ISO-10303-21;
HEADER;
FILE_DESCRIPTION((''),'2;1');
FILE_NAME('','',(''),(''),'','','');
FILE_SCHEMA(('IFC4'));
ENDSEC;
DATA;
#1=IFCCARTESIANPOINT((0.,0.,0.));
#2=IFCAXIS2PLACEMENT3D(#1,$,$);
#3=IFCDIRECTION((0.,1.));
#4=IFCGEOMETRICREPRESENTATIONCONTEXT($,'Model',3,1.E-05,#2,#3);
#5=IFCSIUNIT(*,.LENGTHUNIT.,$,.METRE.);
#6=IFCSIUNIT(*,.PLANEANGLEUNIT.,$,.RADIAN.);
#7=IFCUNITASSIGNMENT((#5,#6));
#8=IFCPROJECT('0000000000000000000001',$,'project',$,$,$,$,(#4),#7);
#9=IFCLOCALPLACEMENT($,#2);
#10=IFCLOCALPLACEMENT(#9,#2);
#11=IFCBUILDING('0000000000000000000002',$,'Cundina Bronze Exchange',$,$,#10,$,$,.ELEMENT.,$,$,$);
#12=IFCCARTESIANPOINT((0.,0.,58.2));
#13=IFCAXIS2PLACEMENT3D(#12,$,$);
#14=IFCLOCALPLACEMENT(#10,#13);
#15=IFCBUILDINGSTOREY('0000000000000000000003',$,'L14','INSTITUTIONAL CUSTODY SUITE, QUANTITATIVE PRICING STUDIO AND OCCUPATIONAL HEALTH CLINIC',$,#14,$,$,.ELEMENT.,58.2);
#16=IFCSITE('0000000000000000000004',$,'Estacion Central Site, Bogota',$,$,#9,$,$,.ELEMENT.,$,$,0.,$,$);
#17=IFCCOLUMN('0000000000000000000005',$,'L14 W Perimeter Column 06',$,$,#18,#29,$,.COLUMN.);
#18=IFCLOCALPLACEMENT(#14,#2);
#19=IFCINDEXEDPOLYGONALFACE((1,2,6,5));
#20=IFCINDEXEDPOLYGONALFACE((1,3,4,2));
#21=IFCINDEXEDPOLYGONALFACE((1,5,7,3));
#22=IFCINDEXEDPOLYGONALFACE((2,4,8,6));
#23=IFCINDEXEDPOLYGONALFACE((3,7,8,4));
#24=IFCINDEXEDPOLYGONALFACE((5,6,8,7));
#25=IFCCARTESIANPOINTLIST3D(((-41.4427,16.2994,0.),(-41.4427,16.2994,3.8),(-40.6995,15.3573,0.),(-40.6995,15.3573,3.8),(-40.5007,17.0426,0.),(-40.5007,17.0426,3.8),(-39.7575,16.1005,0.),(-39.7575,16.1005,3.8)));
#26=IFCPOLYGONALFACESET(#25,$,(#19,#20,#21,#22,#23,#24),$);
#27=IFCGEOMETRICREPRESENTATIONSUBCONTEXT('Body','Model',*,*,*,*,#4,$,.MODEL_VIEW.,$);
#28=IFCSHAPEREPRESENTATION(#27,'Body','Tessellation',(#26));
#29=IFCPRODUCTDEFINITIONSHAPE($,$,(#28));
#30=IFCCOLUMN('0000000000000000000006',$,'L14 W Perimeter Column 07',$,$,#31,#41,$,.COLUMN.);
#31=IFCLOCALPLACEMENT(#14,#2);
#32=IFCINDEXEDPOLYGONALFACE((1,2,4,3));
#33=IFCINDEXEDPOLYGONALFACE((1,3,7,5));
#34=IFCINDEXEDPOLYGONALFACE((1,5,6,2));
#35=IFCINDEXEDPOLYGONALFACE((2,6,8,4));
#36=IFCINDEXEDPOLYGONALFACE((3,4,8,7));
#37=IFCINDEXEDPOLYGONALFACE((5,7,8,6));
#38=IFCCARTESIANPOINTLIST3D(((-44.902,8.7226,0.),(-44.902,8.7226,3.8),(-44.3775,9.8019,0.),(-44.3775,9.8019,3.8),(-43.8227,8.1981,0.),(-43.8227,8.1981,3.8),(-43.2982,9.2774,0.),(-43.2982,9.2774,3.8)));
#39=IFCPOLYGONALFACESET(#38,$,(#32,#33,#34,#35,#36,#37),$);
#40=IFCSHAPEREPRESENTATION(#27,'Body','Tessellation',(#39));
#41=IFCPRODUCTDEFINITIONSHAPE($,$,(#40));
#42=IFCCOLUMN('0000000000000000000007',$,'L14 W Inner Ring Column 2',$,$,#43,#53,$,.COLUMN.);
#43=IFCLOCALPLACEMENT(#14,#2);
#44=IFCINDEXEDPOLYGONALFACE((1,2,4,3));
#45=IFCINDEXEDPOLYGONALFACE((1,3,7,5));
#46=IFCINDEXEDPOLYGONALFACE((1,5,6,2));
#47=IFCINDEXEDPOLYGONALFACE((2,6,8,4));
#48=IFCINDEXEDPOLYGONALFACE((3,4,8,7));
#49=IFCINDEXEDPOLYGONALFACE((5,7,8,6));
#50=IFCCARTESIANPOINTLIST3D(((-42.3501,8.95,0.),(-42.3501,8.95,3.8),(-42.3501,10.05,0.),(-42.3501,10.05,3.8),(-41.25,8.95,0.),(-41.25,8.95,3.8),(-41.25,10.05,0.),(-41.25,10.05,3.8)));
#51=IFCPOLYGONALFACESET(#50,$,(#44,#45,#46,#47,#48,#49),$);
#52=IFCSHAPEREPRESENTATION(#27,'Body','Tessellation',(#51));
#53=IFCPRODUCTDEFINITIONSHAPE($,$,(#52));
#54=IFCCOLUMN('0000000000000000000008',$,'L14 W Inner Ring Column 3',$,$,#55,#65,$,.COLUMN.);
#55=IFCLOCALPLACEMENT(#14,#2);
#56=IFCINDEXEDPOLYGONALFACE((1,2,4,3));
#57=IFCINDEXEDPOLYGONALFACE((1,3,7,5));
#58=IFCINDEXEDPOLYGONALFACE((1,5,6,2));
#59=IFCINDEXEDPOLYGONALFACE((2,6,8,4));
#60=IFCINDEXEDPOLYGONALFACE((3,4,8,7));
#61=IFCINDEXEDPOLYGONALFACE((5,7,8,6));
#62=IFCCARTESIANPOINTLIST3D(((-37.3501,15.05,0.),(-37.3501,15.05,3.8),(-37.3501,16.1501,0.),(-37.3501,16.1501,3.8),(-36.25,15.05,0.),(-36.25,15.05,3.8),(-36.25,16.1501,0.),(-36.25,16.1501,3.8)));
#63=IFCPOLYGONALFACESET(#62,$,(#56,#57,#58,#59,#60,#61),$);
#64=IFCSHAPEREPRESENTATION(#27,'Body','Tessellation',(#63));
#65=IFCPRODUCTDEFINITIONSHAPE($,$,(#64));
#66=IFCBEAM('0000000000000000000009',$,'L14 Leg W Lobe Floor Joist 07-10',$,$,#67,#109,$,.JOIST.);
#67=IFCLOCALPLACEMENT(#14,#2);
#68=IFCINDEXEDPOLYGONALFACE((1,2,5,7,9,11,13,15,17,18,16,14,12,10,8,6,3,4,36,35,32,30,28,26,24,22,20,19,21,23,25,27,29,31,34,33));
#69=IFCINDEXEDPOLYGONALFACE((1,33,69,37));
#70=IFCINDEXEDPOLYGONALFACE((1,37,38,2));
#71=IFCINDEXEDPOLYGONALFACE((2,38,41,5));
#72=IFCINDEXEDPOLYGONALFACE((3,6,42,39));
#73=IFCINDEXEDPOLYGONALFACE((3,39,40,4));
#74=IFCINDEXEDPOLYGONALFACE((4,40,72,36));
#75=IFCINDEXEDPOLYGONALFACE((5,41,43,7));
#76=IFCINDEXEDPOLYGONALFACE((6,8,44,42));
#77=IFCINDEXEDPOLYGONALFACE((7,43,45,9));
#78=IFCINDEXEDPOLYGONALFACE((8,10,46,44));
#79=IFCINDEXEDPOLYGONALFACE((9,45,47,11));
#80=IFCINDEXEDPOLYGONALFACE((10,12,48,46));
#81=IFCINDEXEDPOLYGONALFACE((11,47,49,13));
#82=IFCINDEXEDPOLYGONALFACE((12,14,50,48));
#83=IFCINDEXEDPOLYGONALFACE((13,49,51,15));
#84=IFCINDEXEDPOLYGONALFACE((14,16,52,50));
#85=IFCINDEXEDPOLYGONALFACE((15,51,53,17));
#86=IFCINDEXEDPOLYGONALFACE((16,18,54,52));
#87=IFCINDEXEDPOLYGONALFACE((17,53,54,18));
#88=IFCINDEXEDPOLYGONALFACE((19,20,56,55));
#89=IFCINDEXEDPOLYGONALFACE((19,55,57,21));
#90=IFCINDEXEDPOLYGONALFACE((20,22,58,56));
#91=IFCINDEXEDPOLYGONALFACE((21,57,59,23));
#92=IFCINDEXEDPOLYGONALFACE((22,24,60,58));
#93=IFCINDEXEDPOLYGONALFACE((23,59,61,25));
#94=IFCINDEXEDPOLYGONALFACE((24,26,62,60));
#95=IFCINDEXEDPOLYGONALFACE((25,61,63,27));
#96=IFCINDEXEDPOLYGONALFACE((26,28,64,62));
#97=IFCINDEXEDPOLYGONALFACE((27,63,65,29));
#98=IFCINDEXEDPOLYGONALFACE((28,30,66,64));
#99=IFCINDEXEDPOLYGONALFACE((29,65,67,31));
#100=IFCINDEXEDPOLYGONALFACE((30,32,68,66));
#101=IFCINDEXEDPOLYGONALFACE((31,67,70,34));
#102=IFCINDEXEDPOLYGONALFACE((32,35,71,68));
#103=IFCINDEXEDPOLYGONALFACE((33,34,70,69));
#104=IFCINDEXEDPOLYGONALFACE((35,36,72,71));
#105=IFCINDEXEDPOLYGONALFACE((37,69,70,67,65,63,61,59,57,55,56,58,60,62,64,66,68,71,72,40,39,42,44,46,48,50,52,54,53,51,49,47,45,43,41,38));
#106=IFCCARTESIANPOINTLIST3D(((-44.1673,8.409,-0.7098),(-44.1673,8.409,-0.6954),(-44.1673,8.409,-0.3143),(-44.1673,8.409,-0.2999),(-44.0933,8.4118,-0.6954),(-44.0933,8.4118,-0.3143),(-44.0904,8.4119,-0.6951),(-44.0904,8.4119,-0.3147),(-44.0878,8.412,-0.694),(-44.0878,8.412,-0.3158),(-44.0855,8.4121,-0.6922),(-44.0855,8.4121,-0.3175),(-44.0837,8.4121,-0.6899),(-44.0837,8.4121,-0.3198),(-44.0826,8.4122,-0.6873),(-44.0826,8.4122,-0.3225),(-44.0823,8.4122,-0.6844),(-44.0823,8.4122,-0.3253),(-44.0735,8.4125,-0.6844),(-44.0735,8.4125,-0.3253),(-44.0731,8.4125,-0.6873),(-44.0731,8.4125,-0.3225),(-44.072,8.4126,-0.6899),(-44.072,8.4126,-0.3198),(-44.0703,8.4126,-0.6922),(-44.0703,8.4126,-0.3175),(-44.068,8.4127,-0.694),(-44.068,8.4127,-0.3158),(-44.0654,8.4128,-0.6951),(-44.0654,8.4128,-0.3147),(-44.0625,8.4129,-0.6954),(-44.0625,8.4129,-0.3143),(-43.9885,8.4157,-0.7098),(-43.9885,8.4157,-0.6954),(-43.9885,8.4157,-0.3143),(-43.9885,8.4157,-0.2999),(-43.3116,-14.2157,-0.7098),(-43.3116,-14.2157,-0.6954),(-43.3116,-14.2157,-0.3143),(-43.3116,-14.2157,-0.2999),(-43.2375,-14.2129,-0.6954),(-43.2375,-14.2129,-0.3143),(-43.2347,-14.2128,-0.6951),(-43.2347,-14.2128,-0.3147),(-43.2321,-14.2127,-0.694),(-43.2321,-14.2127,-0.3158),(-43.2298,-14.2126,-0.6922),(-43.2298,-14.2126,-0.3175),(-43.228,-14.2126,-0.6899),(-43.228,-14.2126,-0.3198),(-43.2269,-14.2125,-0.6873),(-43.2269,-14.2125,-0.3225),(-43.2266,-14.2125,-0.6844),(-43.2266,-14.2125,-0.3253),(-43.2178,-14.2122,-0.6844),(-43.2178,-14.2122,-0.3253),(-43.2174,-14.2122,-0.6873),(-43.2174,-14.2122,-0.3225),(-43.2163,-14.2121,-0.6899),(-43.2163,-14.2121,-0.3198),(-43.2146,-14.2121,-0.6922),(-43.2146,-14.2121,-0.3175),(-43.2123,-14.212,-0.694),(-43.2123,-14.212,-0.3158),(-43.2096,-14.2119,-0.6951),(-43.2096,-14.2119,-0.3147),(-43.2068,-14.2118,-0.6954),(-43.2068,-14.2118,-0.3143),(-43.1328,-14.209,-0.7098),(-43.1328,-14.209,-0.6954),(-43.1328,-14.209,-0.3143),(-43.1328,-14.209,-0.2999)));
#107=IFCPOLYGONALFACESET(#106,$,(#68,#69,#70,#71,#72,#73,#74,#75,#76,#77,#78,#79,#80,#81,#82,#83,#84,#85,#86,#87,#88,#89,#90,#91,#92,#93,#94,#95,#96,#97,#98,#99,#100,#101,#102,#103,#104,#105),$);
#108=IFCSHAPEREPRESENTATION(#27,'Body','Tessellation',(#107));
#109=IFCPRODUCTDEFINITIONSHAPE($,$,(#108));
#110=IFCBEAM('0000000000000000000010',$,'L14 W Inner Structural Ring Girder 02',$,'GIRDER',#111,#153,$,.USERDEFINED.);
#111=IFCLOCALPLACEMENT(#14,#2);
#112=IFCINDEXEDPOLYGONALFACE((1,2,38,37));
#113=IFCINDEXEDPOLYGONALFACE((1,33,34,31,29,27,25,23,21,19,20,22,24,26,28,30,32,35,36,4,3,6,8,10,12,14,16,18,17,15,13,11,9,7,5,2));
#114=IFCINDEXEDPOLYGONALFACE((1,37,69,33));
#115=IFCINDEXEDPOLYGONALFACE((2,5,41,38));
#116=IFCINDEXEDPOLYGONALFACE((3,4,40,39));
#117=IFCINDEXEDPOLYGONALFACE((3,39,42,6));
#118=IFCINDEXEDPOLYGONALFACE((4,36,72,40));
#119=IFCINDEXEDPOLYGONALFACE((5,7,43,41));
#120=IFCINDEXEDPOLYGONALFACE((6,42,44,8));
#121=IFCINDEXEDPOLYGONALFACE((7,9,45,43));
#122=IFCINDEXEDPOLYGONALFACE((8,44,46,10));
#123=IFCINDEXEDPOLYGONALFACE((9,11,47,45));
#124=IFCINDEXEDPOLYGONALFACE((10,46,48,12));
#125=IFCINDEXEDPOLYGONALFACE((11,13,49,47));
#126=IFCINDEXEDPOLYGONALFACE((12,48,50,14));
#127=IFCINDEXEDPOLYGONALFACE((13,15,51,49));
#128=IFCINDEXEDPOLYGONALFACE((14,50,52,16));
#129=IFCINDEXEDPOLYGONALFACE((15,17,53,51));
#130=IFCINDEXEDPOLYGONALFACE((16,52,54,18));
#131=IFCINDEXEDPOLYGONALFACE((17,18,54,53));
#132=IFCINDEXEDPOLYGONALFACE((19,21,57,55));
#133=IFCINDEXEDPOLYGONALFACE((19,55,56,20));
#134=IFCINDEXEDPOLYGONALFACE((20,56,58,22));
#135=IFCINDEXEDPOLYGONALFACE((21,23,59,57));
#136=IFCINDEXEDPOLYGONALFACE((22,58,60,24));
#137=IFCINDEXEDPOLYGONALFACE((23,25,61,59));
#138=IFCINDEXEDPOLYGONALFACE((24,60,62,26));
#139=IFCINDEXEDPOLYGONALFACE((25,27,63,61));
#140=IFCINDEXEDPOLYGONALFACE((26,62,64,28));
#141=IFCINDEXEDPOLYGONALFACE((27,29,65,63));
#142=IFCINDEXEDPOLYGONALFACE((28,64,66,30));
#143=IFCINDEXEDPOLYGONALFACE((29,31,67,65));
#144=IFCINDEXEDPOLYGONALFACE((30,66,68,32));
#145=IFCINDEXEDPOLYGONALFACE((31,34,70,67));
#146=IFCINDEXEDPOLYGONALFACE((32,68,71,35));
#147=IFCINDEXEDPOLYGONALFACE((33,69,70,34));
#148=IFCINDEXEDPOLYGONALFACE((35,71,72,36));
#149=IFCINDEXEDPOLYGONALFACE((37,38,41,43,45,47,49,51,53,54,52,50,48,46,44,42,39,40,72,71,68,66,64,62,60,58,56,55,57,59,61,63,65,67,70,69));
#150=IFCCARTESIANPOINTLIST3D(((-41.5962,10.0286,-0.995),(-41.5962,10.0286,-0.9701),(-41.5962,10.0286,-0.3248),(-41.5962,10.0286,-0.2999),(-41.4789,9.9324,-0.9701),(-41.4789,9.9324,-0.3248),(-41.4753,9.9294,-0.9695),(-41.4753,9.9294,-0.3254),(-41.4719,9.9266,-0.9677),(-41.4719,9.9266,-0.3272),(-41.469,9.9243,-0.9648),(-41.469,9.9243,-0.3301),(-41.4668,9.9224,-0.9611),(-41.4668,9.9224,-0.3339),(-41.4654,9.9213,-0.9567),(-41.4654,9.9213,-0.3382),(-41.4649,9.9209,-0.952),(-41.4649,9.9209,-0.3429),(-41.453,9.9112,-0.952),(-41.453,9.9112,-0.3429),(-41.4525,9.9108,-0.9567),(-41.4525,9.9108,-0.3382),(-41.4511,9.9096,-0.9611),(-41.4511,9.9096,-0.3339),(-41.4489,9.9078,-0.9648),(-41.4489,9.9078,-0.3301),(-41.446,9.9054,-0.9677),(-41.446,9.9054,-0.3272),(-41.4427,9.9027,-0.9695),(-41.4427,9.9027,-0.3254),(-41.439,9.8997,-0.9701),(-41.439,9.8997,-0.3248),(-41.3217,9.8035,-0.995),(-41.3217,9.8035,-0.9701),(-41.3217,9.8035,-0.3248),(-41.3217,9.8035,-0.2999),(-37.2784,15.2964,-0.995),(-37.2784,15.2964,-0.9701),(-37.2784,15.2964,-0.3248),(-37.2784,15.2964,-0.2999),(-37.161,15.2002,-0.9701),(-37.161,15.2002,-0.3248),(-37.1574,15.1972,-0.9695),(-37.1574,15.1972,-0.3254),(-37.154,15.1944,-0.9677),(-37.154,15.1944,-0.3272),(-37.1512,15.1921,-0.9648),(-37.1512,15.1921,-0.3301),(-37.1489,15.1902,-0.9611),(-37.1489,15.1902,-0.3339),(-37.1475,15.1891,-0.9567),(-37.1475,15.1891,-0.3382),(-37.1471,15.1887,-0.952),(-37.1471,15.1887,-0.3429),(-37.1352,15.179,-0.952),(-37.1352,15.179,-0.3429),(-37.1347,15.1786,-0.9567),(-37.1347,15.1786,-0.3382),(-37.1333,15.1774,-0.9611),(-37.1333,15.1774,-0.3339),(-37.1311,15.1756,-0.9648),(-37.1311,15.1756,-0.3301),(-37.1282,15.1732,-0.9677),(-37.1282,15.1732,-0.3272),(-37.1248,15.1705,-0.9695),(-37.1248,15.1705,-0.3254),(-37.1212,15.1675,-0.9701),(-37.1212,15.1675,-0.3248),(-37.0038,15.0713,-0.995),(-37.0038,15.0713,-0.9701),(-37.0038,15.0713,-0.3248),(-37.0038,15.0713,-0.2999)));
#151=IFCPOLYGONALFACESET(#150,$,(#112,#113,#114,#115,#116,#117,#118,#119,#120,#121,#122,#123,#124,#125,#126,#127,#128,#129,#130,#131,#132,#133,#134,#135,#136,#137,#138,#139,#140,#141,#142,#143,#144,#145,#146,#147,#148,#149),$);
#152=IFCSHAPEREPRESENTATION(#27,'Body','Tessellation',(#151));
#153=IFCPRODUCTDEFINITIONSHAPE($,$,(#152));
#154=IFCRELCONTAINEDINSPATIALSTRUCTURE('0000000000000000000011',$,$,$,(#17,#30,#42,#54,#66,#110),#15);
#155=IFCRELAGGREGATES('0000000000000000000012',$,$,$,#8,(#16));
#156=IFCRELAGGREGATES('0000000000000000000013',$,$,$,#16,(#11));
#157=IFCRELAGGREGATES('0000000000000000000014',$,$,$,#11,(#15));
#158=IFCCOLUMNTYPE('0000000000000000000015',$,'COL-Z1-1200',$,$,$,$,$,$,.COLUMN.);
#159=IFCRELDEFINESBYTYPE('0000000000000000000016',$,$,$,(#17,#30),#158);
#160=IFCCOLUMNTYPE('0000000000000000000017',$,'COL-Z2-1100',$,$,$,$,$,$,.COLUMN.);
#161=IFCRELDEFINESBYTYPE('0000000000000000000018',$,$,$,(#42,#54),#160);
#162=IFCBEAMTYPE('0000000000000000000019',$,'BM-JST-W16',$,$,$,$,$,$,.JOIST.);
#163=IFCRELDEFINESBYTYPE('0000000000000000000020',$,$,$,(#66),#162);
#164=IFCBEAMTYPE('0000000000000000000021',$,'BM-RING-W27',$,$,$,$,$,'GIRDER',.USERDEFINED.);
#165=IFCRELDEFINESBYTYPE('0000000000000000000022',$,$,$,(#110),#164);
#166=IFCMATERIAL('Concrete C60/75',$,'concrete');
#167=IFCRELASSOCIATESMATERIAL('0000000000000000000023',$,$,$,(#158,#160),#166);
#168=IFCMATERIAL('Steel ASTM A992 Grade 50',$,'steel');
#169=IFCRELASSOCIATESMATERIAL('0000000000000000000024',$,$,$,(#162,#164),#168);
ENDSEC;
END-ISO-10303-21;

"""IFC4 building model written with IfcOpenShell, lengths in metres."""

from ifc_helpers import new_model, si_unit, direction, frame, origin, origin_2d, place, context, subcontext, project, spatial, rectangle, i_section, extrude, material, material_profile, profile_set, type_object, element, save


model = new_model("IFC4")

# Units and contexts
model_context = context("Model", 3, precision=1e-05, world=origin(), true_north=direction((0.0, 1.0)))
body_context = subcontext(model_context, "Body", "Model", "MODEL_VIEW")
ifc_project = project(units=[si_unit("LENGTHUNIT", "METRE"), si_unit("PLANEANGLEUNIT", "RADIAN")], contexts=[model_context])

# Site, building, storey
site_placement = place(None, origin())
site = spatial("IfcSite", under=ifc_project, at=site_placement, Name="Estacion Central Site, Bogota", CompositionType="ELEMENT", RefElevation=0.0)
building_placement = place(site_placement, origin())
building = spatial("IfcBuilding", under=site, at=building_placement, Name="Cundina Bronze Exchange", CompositionType="ELEMENT")
storey_placement = place(building_placement, frame((0.0, 0.0, 58.2)))
storey = spatial("IfcBuildingStorey", under=building, at=storey_placement, Name="L14", Description="INSTITUTIONAL CUSTODY SUITE, QUANTITATIVE PRICING STUDIO AND OCCUPATIONAL HEALTH CLINIC", CompositionType="ELEMENT", Elevation=58.2)

# Columns
ifc_material_1 = material(Name="Concrete C60/75", Category="concrete")
ifc_material_profile_1 = material_profile(ifc_material_1, rectangle(XDim=1.2, YDim=1.2, at=origin_2d()), Name="RC1200X1200", Category="concrete")
ifc_profile_set_1 = profile_set([ifc_material_profile_1], Name="Concrete C60/75")
column_type_1 = type_object("IfcColumnType", Name="COL-Z1-1200", PredefinedType="COLUMN", material=ifc_profile_set_1)
for number, where, z_axis, x_axis, name in (
    (1, (-40.6001, 16.2, 0.0), (0.0, 0.0, 1.0), (-0.785101, -0.619368, 0.0), "L14 W Perimeter Column 06"),
    (2, (-44.1001, 9.0, 0.0), (0.0, 0.0, 1.0), (-0.437116, -0.899405, 0.0), "L14 W Perimeter Column 07"),
):
    element("IfcColumn", number, at=place(storey_placement, frame(where, z_axis=z_axis, x_axis=x_axis)), inside=storey, type_object=column_type_1, Name=name, PredefinedType="COLUMN", context=body_context, shape_type="SweptSolid", body=[
        extrude(rectangle(XDim=1.2, YDim=1.2, at=origin_2d()), origin(), (0.0, 0.0, 1.0), 3.8),
    ])
ifc_material_profile_2 = material_profile(ifc_material_1, rectangle(XDim=1.1001, YDim=1.1001, at=origin_2d()), Name="RC1100X1100", Category="concrete")
ifc_profile_set_2 = profile_set([ifc_material_profile_2], Name="Concrete C60/75")
column_type_2 = type_object("IfcColumnType", Name="COL-Z2-1100", PredefinedType="COLUMN", material=ifc_profile_set_2)
for number, where, z_axis, x_axis, name in (
    (3, (-41.8, 9.5, 0.0), (0.0, 0.0, 1.0), (1.0, 0.0, 0.0), "L14 W Inner Ring Column 2"),
    (4, (-36.8, 15.6001, 0.0), (0.0, 0.0, 1.0), (1.0, 0.0, 0.0), "L14 W Inner Ring Column 3"),
):
    element("IfcColumn", number, at=place(storey_placement, frame(where, z_axis=z_axis, x_axis=x_axis)), inside=storey, type_object=column_type_2, Name=name, PredefinedType="COLUMN", context=body_context, shape_type="SweptSolid", body=[
        extrude(rectangle(XDim=1.1001, YDim=1.1001, at=origin_2d()), origin(), (0.0, 0.0, 1.0), 3.8),
    ])

# Beams
ifc_material_2 = material(Name="Steel ASTM A992 Grade 50", Category="steel")
ifc_material_profile_3 = material_profile(ifc_material_2, i_section(OverallWidth=0.179, OverallDepth=0.4099, WebThickness=0.0088, FlangeThickness=0.0144, FilletRadius=0.011, at=origin_2d()), Name="W16X45", Category="steel")
ifc_profile_set_3 = profile_set([ifc_material_profile_3], Name="Steel ASTM A992 Grade 50")
beam_type_1 = type_object("IfcBeamType", Name="BM-JST-W16", PredefinedType="JOIST", material=ifc_profile_set_3)
beam_1_placement = place(storey_placement, frame((-44.0779, 8.4124, -0.5049), z_axis=(0.037795, -0.999286, 0.0), x_axis=(0.999286, 0.037795, 0.0)))
element("IfcBeam", 5, at=beam_1_placement, inside=storey, type_object=beam_type_1, Name="L14 Leg W Lobe Floor Joist 07-10", PredefinedType="JOIST", context=body_context, shape_type="SweptSolid", body=[
    extrude(i_section(OverallWidth=0.179, OverallDepth=0.4099, WebThickness=0.0088, FlangeThickness=0.0144, FilletRadius=0.011, at=origin_2d()), origin(), (0.0, 0.0, 1.0), 22.6409),
])
ifc_material_profile_4 = material_profile(ifc_material_2, i_section(OverallWidth=0.355, OverallDepth=0.6951, WebThickness=0.0154, FlangeThickness=0.0249, FilletRadius=0.0181, at=origin_2d()), Name="W27X146", Category="steel")
ifc_profile_set_4 = profile_set([ifc_material_profile_4], Name="Steel ASTM A992 Grade 50")
beam_type_2 = type_object("IfcBeamType", Name="BM-RING-W27", ElementType="GIRDER", PredefinedType="USERDEFINED", material=ifc_profile_set_4)
beam_2_placement = place(storey_placement, frame((-37.1411, 15.1838, -0.6475), z_axis=(-0.633927, -0.773393, 0.0), x_axis=(0.773393, -0.633927, 0.0)))
element("IfcBeam", 6, at=beam_2_placement, inside=storey, type_object=beam_type_2, Name="L14 W Inner Structural Ring Girder 02", ObjectType="GIRDER", PredefinedType="USERDEFINED", context=body_context, shape_type="SweptSolid", body=[
    extrude(i_section(OverallWidth=0.355, OverallDepth=0.6951, WebThickness=0.0154, FlangeThickness=0.0249, FilletRadius=0.0181, at=origin_2d()), origin(), (0.0, 0.0, 1.0), 6.8113),
])

save(model, "model.ifc")
